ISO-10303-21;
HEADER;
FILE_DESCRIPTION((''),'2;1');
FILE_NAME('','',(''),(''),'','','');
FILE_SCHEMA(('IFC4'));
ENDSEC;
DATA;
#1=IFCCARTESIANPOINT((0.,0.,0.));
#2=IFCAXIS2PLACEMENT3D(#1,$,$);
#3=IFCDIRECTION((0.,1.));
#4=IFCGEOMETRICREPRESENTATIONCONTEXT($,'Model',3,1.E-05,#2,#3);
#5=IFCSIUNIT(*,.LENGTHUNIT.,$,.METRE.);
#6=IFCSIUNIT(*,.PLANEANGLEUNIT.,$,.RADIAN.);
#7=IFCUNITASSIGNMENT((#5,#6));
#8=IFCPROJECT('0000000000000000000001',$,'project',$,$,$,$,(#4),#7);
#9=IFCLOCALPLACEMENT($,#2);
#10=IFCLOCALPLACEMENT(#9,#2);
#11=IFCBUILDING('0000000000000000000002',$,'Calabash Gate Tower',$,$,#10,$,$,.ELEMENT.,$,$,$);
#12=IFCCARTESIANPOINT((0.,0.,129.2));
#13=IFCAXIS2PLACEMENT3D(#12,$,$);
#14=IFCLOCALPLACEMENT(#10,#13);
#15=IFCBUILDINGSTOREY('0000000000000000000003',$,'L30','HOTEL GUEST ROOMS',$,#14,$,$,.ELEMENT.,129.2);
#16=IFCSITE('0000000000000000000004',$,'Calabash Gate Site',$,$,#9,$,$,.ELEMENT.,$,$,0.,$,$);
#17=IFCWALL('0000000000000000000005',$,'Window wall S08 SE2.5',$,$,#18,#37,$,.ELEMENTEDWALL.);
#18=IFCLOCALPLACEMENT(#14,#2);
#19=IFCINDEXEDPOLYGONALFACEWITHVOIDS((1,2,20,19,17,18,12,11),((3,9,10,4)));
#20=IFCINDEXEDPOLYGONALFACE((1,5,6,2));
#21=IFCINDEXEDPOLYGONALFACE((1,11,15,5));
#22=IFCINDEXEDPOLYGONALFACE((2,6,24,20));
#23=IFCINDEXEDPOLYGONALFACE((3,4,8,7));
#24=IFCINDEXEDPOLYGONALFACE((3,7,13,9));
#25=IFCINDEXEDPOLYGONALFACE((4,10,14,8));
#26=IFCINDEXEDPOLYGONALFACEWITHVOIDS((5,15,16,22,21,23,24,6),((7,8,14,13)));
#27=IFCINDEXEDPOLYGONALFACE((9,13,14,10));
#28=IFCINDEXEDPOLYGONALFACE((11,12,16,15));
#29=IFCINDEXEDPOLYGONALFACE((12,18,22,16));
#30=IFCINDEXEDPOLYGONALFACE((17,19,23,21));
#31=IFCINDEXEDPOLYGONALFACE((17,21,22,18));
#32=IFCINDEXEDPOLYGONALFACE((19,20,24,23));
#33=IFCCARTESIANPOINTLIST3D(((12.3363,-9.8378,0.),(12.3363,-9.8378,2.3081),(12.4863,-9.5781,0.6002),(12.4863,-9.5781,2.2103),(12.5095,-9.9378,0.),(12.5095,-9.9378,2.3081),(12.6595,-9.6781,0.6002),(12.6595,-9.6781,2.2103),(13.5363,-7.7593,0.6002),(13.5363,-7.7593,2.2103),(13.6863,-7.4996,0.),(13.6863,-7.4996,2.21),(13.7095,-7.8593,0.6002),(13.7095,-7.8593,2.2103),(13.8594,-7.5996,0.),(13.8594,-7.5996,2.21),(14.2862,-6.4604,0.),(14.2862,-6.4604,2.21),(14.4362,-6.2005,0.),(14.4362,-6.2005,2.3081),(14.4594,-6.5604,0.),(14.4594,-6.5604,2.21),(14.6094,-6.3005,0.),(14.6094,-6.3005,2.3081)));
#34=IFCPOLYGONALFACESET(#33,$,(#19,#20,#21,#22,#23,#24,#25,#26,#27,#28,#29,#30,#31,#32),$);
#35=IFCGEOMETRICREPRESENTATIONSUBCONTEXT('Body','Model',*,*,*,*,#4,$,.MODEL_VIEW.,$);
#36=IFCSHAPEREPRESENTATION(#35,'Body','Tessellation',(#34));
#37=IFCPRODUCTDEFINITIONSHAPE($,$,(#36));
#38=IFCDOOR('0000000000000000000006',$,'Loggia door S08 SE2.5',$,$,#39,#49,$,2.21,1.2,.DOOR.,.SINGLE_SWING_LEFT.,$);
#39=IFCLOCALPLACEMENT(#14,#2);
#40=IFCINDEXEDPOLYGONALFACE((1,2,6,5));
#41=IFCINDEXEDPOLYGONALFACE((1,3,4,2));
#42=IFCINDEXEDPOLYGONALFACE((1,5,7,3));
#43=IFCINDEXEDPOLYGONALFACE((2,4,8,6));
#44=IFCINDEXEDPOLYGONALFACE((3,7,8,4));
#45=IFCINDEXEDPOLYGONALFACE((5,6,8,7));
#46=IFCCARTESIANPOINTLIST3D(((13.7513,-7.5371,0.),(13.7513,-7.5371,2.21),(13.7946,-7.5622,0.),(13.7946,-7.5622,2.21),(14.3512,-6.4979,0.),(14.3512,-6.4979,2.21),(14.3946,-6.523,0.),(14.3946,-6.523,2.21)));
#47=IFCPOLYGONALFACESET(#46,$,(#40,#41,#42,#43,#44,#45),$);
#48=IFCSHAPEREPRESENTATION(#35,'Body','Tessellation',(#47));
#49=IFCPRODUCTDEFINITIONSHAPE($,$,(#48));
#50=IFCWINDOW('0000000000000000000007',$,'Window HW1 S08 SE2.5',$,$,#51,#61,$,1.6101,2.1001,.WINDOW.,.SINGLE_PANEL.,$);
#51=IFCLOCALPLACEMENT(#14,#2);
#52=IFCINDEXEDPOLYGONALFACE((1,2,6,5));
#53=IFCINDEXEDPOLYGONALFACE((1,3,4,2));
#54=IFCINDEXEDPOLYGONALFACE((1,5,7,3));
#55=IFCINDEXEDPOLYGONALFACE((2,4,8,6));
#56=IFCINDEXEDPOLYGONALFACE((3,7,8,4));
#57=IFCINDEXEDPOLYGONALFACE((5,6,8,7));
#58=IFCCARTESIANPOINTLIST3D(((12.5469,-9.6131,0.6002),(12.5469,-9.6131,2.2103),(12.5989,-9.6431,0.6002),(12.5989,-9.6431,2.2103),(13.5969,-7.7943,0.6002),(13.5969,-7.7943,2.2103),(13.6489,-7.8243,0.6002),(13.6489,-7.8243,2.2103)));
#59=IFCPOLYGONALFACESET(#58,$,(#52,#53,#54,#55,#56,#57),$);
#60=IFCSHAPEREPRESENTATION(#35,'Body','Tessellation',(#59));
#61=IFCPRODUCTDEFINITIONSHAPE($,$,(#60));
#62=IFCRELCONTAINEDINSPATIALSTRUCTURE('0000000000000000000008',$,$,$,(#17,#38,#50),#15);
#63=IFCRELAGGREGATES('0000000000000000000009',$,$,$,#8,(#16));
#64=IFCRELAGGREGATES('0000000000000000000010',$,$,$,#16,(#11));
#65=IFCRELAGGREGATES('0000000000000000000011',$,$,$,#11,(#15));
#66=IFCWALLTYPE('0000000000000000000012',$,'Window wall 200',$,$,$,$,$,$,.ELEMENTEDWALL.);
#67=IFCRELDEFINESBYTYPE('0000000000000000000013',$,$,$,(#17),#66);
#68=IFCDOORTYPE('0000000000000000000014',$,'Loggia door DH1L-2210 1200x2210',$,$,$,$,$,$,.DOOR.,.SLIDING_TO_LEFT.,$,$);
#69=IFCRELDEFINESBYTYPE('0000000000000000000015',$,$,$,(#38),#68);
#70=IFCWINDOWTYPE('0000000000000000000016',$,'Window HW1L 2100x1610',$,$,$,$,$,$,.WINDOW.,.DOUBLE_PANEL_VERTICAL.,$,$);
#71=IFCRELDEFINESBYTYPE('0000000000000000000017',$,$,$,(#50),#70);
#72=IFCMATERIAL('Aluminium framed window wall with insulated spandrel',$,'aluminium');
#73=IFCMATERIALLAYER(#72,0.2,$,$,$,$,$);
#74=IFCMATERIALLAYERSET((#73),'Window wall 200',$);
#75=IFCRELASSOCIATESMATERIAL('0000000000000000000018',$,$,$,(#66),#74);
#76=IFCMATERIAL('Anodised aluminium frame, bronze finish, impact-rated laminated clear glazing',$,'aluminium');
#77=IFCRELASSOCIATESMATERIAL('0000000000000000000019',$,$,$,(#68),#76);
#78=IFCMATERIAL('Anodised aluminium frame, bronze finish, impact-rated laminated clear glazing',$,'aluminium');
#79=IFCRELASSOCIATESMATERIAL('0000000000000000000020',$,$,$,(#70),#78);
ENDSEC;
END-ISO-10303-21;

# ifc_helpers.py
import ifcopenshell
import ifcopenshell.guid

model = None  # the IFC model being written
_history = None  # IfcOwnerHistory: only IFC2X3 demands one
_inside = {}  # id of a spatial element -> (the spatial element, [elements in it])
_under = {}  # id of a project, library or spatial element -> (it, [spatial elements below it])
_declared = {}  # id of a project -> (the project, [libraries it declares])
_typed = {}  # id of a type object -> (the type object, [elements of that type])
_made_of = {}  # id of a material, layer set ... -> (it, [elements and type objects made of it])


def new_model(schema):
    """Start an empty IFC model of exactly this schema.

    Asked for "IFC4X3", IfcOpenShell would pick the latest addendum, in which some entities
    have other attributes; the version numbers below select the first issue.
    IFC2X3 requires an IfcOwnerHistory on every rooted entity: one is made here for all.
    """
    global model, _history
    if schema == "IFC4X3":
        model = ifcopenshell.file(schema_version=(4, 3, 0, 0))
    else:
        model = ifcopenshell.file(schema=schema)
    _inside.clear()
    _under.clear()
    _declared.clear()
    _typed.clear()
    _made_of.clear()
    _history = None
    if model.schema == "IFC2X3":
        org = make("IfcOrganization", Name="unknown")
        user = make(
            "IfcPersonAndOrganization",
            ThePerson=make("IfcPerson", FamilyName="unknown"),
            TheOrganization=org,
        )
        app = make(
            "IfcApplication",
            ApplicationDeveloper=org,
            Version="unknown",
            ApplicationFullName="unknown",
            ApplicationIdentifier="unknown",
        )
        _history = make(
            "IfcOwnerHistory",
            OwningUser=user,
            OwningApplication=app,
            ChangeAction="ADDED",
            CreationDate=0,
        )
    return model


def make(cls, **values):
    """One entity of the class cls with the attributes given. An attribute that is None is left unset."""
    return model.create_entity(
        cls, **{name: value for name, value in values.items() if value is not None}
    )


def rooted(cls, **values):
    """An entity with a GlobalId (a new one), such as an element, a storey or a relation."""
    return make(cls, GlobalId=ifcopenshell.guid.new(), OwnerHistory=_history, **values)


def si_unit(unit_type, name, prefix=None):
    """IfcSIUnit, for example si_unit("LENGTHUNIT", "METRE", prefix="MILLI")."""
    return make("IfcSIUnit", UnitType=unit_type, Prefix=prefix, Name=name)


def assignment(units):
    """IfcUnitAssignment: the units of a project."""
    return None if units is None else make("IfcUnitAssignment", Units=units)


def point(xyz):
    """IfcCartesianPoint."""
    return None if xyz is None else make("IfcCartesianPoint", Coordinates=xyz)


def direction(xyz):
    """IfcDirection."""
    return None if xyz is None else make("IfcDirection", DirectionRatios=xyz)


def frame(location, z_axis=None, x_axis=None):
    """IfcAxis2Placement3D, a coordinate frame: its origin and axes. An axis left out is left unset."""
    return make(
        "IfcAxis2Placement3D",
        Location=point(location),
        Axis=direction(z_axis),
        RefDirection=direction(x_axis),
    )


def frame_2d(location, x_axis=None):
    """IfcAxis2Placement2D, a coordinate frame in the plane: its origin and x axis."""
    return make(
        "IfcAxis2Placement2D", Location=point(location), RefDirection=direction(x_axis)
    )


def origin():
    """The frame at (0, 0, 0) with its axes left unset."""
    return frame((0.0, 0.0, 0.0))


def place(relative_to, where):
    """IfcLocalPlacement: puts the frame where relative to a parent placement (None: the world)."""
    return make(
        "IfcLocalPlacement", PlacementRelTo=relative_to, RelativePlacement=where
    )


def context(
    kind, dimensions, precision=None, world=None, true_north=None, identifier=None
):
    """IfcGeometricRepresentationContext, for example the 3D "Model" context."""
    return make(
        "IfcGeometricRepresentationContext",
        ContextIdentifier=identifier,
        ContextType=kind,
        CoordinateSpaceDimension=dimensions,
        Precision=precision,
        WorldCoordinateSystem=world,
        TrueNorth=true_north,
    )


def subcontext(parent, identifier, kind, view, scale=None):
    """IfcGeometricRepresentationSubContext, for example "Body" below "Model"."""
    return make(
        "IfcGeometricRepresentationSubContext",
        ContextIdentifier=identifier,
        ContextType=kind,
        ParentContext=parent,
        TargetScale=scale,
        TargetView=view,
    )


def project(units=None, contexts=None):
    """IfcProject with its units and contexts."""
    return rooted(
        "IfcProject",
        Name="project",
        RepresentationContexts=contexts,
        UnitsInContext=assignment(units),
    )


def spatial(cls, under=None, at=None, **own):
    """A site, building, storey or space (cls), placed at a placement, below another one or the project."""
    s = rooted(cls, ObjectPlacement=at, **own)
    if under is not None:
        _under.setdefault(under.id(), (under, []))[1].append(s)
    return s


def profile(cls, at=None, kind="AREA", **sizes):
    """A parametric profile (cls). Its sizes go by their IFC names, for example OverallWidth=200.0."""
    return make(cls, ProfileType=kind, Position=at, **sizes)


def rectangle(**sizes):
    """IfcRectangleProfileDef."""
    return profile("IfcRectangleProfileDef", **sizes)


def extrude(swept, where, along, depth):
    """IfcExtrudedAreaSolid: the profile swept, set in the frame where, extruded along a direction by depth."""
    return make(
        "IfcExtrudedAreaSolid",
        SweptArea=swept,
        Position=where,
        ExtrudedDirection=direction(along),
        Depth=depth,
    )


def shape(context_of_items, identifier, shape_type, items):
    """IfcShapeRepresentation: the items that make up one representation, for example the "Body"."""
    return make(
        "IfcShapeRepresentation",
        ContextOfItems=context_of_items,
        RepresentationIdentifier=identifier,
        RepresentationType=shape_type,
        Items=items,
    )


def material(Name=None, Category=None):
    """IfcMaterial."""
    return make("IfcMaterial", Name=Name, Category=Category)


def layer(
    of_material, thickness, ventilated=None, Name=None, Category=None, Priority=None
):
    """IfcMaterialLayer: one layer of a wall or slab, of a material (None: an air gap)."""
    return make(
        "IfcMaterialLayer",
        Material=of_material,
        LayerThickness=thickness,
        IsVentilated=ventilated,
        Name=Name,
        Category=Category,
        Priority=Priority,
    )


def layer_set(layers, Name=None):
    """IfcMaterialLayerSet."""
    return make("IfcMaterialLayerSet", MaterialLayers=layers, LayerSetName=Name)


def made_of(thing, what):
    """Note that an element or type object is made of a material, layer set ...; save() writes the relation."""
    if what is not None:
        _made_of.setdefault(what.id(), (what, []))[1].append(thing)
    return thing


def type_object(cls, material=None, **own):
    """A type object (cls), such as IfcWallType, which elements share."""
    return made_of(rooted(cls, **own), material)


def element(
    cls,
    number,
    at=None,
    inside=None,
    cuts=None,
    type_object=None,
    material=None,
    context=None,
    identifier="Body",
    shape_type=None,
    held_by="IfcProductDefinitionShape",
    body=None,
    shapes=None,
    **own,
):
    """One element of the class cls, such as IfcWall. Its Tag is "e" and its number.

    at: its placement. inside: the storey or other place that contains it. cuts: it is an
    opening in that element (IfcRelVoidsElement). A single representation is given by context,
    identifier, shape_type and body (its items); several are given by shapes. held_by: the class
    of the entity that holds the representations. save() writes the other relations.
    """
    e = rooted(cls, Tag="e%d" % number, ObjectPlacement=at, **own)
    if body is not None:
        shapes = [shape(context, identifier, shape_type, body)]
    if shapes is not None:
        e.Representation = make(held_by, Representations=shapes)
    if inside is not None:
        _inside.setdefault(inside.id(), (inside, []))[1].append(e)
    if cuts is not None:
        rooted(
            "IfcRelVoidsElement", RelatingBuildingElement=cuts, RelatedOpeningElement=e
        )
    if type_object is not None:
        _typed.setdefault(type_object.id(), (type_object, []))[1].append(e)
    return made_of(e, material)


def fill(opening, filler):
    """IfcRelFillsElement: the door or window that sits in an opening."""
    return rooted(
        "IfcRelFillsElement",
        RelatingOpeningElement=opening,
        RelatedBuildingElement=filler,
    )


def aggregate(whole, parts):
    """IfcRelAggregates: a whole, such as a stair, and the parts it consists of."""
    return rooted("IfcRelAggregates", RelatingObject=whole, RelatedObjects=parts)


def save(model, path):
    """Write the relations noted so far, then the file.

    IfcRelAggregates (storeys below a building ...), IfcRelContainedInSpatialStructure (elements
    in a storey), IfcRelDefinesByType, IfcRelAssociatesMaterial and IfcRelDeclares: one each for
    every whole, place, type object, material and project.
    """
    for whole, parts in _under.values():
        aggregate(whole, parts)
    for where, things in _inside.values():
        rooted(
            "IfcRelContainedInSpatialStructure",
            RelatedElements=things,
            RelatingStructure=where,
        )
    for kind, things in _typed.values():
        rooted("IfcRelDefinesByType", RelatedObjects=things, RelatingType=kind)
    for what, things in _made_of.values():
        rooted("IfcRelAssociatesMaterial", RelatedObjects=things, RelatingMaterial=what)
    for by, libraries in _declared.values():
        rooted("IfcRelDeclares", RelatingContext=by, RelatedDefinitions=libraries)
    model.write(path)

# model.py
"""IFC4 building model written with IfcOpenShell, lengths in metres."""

from ifc_helpers import new_model, si_unit, direction, frame, frame_2d, origin, place, context, subcontext, project, spatial, rectangle, extrude, material, layer, layer_set, type_object, element, fill, save


model = new_model("IFC4")

# Units and contexts
model_context = context("Model", 3, precision=1e-05, world=origin(), true_north=direction((0.0, 1.0)))
body_context = subcontext(model_context, "Body", "Model", "MODEL_VIEW")
ifc_project = project(units=[si_unit("LENGTHUNIT", "METRE"), si_unit("PLANEANGLEUNIT", "RADIAN")], contexts=[model_context])

# Site, building, storey
site_placement = place(None, origin())
site = spatial("IfcSite", under=ifc_project, at=site_placement, Name="Calabash Gate Site", CompositionType="ELEMENT", RefElevation=0.0)
building_placement = place(site_placement, origin())
building = spatial("IfcBuilding", under=site, at=building_placement, Name="Calabash Gate Tower", CompositionType="ELEMENT")
storey_placement = place(building_placement, frame((0.0, 0.0, 129.2)))
storey = spatial("IfcBuildingStorey", under=building, at=storey_placement, Name="L30", Description="HOTEL GUEST ROOMS", CompositionType="ELEMENT", Elevation=129.2)

# Wall, openings, door, window
ifc_material_1 = material(Name="Aluminium framed window wall with insulated spandrel", Category="aluminium")
ifc_layer_1 = layer(ifc_material_1, 0.2)
ifc_layer_set_1 = layer_set([ifc_layer_1], Name="Window wall 200")
wall_type_1 = type_object("IfcWallType", Name="Window wall 200", PredefinedType="ELEMENTEDWALL", material=ifc_layer_set_1)
wall_1_placement = place(storey_placement, frame((12.4229, -9.8879, 0.0), z_axis=(0.0, 0.0, 1.0), x_axis=(0.499984, 0.866035, 0.0)))
wall_1 = element("IfcWall", 1, at=wall_1_placement, inside=storey, type_object=wall_type_1, Name="Window wall S08 SE2.5", PredefinedType="ELEMENTEDWALL", context=body_context, shape_type="SweptSolid", body=[
    extrude(rectangle(XDim=4.2, YDim=0.2, at=frame_2d((2.1001, 0.0))), origin(), (0.0, 0.0, 1.0), 2.3081),
])
opening_1_placement = place(wall_1_placement, frame((0.3, 0.0, 0.6001)))
opening_1 = element("IfcOpeningElement", 2, at=opening_1_placement, cuts=wall_1, PredefinedType="OPENING", context=body_context, shape_type="SweptSolid", body=[
    extrude(rectangle(XDim=2.1001, YDim=1.6101, at=frame_2d((1.05, 0.8052))), frame((0.0, 0.1099, 0.0), z_axis=(0.0, -1.0, 0.0), x_axis=(1.0, 0.0, 0.0)), (0.0, 0.0, 1.0), 0.22),
])
opening_2_placement = place(wall_1_placement, frame((2.7, 0.0, 0.0)))
opening_2 = element("IfcOpeningElement", 3, at=opening_2_placement, cuts=wall_1, PredefinedType="OPENING", context=body_context, shape_type="SweptSolid", body=[
    extrude(rectangle(XDim=1.2, YDim=2.21, at=frame_2d((0.6001, 1.105))), frame((0.0, 0.1099, 0.0), z_axis=(0.0, -1.0, 0.0), x_axis=(1.0, 0.0, 0.0)), (0.0, 0.0, 1.0), 0.22),
])
ifc_material_2 = material(Name="Anodised aluminium frame, bronze finish, impact-rated laminated clear glazing", Category="aluminium")
door_type_1 = type_object("IfcDoorType", Name="Loggia door DH1L-2210 1200x2210", OperationType="SLIDING_TO_LEFT", PredefinedType="DOOR", material=ifc_material_2)
door_1_placement = place(opening_2_placement, origin())
door_1 = element("IfcDoor", 4, at=door_1_placement, inside=storey, type_object=door_type_1, Name="Loggia door S08 SE2.5", OperationType="SINGLE_SWING_LEFT", OverallHeight=2.21, OverallWidth=1.2, PredefinedType="DOOR", context=body_context, shape_type="SweptSolid", body=[
    extrude(rectangle(XDim=1.2, YDim=2.21, at=frame_2d((0.6001, 1.105))), frame((0.0, 0.0249, 0.0), z_axis=(0.0, -1.0, 0.0), x_axis=(1.0, 0.0, 0.0)), (0.0, 0.0, 1.0), 0.05),
])
fill(opening_2, door_1)
ifc_material_3 = material(Name="Anodised aluminium frame, bronze finish, impact-rated laminated clear glazing", Category="aluminium")
window_type = type_object("IfcWindowType", Name="Window HW1L 2100x1610", PartitioningType="DOUBLE_PANEL_VERTICAL", PredefinedType="WINDOW", material=ifc_material_3)
window_placement = place(opening_1_placement, origin())
window = element("IfcWindow", 5, at=window_placement, inside=storey, type_object=window_type, Name="Window HW1 S08 SE2.5", OverallHeight=1.6101, OverallWidth=2.1001, PartitioningType="SINGLE_PANEL", PredefinedType="WINDOW", context=body_context, shape_type="SweptSolid", body=[
    extrude(rectangle(XDim=2.1001, YDim=1.6101, at=frame_2d((1.05, 0.8052))), frame((0.0, 0.03, 0.0), z_axis=(0.0, -1.0, 0.0), x_axis=(1.0, 0.0, 0.0)), (0.0, 0.0, 1.0), 0.0601),
])
fill(opening_1, window)

save(model, "model.ifc")
